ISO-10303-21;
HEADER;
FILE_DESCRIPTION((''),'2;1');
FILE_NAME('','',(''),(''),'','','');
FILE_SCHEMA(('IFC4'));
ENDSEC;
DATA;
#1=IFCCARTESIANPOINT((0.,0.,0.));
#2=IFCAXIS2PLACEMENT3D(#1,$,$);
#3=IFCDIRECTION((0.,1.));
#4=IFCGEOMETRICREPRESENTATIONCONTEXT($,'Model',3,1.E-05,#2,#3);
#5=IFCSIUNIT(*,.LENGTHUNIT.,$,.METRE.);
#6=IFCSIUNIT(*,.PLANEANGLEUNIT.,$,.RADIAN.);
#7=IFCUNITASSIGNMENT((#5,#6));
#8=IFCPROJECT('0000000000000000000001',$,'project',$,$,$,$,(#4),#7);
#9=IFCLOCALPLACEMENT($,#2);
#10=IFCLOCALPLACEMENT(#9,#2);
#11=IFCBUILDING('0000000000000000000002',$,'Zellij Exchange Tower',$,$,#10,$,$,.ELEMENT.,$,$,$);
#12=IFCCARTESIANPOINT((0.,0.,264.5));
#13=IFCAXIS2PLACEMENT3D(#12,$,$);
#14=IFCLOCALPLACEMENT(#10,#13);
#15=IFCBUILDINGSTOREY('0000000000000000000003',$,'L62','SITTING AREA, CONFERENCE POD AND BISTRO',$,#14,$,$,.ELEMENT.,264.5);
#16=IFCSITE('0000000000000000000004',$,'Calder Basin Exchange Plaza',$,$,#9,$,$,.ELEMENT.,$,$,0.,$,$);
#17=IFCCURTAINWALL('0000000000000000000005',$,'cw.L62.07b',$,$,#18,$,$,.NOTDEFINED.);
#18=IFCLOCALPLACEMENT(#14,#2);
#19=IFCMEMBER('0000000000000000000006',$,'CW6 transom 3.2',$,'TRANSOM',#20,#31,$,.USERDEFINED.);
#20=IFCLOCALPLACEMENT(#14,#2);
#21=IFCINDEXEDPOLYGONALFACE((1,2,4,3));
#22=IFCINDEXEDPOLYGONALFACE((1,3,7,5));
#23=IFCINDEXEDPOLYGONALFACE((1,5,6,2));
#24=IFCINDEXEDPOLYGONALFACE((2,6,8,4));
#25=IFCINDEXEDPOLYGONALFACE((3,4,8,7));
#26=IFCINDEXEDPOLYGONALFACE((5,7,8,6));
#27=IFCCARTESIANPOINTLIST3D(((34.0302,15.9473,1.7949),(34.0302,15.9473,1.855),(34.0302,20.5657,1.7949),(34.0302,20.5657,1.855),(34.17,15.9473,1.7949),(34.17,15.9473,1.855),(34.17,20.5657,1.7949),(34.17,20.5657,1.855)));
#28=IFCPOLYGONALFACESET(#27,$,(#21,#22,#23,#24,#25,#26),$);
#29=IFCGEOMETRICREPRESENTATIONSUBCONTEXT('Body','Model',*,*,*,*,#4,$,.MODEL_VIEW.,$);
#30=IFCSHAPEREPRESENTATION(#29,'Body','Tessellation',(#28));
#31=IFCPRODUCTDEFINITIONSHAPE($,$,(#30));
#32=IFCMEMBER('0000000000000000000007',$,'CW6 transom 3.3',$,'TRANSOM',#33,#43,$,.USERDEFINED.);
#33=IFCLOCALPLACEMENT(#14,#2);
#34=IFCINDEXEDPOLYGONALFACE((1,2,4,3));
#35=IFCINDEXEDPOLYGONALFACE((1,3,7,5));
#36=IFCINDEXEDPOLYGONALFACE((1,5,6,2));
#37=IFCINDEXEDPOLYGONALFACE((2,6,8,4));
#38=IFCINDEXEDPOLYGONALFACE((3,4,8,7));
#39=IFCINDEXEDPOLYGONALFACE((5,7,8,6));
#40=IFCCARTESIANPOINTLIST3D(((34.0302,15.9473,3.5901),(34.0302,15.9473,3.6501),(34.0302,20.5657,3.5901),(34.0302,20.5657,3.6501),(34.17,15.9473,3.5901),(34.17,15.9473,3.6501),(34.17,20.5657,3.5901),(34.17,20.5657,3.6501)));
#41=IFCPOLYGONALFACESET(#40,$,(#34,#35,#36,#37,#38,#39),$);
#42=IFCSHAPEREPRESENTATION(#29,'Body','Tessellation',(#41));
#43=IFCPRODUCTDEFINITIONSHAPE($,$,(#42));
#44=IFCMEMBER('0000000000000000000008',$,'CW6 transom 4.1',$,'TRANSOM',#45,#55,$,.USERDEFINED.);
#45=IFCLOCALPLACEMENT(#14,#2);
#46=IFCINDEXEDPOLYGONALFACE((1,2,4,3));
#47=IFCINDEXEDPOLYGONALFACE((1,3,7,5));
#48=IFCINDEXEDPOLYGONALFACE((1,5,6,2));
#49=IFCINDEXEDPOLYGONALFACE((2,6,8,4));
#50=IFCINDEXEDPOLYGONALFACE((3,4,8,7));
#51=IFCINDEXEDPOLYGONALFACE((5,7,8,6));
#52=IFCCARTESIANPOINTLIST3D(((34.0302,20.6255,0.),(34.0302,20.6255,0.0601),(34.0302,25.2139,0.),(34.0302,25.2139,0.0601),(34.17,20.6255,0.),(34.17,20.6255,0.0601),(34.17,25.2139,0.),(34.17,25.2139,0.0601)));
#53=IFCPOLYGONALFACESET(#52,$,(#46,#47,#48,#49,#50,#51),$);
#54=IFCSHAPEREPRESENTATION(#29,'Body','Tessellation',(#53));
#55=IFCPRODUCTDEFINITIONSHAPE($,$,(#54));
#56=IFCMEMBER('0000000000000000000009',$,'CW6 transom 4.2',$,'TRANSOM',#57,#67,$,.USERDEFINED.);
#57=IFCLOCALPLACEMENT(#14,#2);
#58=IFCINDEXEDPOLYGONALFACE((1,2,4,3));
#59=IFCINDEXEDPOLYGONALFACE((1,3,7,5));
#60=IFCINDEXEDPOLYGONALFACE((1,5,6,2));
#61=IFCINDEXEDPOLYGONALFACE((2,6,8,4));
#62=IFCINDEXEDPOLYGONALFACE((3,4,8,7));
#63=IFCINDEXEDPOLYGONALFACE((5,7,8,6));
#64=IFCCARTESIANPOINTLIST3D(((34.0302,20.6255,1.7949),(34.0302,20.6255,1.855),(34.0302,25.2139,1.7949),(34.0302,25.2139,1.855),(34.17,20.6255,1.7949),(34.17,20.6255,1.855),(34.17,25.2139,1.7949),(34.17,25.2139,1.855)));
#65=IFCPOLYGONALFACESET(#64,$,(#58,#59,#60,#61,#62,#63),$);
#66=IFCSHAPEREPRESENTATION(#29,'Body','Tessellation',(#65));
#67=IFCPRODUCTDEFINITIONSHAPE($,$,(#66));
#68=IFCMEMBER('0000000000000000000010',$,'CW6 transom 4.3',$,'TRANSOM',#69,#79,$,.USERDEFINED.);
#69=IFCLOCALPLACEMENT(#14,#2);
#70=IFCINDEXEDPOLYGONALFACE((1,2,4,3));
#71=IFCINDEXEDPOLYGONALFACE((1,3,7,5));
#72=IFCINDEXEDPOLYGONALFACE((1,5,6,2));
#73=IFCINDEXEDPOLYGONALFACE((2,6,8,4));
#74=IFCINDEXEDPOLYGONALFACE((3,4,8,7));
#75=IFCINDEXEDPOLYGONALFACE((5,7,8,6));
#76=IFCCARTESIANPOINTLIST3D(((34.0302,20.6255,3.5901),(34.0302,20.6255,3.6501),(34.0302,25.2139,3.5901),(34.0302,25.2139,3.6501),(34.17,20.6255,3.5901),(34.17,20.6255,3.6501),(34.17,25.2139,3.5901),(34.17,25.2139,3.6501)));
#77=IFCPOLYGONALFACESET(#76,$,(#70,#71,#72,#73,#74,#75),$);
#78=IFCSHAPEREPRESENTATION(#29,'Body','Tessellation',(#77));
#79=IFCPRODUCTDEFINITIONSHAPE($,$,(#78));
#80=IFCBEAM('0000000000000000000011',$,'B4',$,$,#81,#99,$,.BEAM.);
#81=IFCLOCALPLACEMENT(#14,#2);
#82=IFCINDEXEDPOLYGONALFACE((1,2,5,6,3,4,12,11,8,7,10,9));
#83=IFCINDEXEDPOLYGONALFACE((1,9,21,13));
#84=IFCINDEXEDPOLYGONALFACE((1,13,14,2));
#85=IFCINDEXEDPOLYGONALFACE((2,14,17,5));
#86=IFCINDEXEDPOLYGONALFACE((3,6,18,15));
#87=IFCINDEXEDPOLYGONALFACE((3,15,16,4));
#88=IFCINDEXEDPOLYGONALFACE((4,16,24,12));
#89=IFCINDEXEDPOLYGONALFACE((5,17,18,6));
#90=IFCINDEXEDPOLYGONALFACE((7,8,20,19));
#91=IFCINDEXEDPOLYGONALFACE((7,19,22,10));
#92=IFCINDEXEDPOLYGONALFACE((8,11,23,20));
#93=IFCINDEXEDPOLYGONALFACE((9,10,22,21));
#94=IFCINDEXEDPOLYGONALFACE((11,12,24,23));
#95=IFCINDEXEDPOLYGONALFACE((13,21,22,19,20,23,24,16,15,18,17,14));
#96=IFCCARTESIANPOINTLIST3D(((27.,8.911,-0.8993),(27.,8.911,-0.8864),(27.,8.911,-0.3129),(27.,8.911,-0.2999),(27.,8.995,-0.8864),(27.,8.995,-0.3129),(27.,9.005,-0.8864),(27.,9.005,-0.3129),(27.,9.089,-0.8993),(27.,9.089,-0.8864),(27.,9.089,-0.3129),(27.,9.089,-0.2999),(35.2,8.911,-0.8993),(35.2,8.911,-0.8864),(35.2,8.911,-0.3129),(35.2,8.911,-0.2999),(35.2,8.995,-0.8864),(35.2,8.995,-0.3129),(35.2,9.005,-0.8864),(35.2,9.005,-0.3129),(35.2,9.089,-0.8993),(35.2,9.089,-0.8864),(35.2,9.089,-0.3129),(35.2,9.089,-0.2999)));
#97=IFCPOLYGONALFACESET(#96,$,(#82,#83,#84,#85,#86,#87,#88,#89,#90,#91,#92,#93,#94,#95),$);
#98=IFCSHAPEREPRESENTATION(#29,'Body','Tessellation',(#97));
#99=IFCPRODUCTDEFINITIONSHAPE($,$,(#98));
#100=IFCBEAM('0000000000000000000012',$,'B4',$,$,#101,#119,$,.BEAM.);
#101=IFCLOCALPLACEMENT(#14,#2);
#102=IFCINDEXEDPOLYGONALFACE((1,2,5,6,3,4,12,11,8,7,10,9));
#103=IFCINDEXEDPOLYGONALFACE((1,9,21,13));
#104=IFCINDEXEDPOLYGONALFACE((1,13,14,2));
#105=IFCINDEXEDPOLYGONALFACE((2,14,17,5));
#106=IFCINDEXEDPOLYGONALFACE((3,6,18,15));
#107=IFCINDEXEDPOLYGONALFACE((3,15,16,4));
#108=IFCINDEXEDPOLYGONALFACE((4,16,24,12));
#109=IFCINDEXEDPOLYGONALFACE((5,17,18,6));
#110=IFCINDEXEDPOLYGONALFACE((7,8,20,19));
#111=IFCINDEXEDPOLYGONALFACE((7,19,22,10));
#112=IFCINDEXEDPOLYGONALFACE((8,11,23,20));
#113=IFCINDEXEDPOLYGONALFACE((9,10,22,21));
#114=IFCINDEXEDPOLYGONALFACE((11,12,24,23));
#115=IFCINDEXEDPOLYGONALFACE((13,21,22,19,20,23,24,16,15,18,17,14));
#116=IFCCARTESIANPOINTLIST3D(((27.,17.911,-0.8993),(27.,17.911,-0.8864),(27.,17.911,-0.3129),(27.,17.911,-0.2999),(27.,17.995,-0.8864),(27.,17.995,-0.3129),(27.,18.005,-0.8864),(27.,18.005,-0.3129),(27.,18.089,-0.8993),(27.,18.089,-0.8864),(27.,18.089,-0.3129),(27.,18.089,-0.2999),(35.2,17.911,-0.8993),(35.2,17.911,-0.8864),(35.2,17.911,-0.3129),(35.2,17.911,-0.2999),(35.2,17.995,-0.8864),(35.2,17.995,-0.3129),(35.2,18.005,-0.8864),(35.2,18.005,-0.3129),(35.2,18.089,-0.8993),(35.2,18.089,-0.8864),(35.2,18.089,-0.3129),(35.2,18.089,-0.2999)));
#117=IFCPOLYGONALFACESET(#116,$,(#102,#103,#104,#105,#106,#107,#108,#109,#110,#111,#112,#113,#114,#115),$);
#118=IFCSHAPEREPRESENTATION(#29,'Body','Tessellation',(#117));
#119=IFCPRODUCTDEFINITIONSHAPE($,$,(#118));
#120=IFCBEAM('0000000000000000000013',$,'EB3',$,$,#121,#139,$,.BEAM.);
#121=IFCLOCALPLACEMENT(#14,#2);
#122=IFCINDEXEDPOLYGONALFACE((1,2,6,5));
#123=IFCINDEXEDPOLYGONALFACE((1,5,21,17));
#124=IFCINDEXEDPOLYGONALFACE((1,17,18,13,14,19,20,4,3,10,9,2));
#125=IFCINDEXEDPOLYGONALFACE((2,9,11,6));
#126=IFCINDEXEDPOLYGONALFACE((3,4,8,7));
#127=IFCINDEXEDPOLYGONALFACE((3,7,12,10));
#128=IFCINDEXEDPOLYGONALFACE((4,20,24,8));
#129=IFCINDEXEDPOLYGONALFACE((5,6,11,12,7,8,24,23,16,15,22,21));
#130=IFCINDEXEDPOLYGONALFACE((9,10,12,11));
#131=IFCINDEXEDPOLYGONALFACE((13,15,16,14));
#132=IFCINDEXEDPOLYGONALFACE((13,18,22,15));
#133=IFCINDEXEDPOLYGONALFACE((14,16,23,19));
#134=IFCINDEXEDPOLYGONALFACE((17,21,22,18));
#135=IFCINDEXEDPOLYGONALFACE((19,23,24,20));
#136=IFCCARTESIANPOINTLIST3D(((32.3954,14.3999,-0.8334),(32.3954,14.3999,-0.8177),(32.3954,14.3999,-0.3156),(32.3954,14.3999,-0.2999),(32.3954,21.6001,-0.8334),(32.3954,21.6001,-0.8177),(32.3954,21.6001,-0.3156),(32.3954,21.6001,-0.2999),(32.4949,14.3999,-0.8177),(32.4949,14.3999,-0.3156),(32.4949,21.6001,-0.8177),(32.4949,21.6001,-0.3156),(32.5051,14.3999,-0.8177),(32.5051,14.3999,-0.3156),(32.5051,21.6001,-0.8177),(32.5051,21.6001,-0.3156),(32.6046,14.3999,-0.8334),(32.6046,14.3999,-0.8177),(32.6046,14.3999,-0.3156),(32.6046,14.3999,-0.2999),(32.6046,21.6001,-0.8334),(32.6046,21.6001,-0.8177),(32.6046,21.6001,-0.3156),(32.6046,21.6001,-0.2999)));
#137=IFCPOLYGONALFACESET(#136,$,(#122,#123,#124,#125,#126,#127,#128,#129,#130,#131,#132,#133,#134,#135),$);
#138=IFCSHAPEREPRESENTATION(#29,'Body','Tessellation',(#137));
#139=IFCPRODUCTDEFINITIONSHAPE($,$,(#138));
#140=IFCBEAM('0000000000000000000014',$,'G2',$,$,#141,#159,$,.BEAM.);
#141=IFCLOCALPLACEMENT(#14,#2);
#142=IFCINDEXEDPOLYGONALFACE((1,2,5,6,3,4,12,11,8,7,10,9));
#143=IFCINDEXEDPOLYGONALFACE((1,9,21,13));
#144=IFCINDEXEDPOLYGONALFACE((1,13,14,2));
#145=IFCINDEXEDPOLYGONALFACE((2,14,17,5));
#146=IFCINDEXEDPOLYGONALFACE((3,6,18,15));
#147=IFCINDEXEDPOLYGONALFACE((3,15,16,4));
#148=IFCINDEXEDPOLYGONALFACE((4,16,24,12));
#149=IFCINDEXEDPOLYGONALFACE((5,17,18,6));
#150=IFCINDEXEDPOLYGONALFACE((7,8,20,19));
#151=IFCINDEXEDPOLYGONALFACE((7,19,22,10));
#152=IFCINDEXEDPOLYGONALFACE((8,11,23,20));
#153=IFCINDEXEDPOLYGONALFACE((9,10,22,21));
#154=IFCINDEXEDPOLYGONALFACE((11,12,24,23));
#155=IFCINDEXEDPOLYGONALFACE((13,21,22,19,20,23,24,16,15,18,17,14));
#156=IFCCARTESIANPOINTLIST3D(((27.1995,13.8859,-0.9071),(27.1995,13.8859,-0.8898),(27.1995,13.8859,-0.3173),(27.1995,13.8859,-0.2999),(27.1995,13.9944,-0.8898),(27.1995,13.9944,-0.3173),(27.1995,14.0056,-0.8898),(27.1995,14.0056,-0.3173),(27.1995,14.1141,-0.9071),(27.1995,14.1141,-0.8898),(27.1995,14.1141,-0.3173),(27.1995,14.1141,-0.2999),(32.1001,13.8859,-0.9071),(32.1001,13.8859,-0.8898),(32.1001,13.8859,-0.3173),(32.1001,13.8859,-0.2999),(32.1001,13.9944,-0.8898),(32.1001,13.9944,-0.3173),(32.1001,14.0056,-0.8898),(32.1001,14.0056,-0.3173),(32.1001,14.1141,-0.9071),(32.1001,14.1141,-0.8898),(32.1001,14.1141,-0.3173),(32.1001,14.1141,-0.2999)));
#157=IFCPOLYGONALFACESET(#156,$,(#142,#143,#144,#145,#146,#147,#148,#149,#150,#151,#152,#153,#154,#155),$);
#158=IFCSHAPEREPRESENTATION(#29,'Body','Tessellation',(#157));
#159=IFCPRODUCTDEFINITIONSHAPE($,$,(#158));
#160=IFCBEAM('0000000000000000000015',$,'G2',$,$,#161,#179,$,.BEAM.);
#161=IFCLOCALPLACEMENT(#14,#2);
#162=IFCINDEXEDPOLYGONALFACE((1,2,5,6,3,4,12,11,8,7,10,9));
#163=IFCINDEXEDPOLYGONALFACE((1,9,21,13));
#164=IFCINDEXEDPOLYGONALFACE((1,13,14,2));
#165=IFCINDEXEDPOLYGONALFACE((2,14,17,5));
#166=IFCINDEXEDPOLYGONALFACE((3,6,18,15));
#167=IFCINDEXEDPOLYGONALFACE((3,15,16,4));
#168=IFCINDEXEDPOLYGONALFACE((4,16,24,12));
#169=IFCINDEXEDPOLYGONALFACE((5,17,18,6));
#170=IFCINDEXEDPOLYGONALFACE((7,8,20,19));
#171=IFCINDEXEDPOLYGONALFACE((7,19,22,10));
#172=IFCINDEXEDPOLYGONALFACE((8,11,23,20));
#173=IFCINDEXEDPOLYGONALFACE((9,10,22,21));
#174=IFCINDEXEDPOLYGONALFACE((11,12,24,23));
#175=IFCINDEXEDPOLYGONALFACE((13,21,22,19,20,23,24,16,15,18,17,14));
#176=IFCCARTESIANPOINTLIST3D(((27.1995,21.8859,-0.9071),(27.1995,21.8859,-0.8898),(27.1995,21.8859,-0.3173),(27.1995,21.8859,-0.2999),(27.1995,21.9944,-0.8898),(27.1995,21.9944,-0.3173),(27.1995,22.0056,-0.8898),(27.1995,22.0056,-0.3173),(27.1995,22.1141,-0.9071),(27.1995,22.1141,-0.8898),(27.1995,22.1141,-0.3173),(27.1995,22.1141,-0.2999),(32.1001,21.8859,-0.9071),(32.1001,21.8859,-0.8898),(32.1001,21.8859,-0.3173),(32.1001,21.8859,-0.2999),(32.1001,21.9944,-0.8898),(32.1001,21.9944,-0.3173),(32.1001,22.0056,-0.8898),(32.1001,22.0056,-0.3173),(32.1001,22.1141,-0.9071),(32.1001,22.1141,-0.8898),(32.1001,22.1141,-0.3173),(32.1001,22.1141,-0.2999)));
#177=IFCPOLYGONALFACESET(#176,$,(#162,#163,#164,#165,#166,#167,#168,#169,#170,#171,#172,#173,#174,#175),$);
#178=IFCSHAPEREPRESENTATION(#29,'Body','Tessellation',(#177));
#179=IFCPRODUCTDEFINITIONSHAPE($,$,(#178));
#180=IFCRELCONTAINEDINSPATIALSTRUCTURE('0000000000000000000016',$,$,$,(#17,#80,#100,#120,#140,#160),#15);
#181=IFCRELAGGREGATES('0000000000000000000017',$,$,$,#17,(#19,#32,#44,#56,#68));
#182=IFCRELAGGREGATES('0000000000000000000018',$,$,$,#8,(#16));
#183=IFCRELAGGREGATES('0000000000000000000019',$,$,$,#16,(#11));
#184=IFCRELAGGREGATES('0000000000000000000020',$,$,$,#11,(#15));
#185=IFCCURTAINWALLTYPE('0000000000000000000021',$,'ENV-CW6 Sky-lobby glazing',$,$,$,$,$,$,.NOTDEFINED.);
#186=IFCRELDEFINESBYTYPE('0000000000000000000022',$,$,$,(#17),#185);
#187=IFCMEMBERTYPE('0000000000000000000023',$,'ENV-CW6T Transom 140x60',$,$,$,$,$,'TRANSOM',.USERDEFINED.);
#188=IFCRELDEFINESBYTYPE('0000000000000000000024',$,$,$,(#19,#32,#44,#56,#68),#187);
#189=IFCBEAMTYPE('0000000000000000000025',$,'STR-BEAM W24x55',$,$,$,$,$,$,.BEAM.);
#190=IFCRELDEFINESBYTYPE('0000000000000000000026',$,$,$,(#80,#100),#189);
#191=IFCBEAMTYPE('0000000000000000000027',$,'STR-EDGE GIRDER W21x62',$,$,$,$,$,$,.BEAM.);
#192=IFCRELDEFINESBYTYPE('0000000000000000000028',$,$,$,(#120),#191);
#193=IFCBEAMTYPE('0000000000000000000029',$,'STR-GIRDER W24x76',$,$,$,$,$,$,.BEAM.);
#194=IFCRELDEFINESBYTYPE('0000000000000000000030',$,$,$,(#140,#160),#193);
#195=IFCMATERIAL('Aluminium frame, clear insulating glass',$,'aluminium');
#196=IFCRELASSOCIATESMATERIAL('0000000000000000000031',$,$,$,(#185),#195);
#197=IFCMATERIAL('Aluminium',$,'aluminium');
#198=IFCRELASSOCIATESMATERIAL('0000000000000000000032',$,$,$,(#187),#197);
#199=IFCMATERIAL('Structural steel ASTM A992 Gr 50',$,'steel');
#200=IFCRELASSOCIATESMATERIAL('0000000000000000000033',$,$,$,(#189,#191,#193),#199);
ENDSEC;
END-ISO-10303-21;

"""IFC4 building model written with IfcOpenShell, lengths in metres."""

from ifc_helpers import new_model, si_unit, direction, frame, origin, origin_2d, place, context, subcontext, project, spatial, rectangle, i_section, extrude, material, material_profile, profile_set, type_object, element, aggregate, save


model = new_model("IFC4")

# Units and contexts
model_context = context("Model", 3, precision=1e-05, world=origin(), true_north=direction((0.0, 1.0)))
body_context = subcontext(model_context, "Body", "Model", "MODEL_VIEW")
ifc_project = project(units=[si_unit("LENGTHUNIT", "METRE"), si_unit("PLANEANGLEUNIT", "RADIAN")], contexts=[model_context])

# Site, building, storey
site_placement = place(None, origin())
site = spatial("IfcSite", under=ifc_project, at=site_placement, Name="Calder Basin Exchange Plaza", CompositionType="ELEMENT", RefElevation=0.0)
building_placement = place(site_placement, origin())
building = spatial("IfcBuilding", under=site, at=building_placement, Name="Zellij Exchange Tower", CompositionType="ELEMENT")
storey_placement = place(building_placement, frame((0.0, 0.0, 264.5)))
storey = spatial("IfcBuildingStorey", under=building, at=storey_placement, Name="L62", Description="SITTING AREA, CONFERENCE POD AND BISTRO", CompositionType="ELEMENT", Elevation=264.5)

# Shared definitions
ifc_material_1 = material(Name="Structural steel ASTM A992 Gr 50", Category="steel")

# Curtain wall, members
ifc_material_2 = material(Name="Aluminium frame, clear insulating glass", Category="aluminium")
curtain_wall_type = type_object("IfcCurtainWallType", Name="ENV-CW6 Sky-lobby glazing", PredefinedType="NOTDEFINED", material=ifc_material_2)
curtain_wall_placement = place(storey_placement, origin())
curtain_wall = element("IfcCurtainWall", 1, at=curtain_wall_placement, inside=storey, type_object=curtain_wall_type, Name="cw.L62.07b", PredefinedType="NOTDEFINED")
ifc_material_3 = material(Name="Aluminium", Category="aluminium")
ifc_material_profile_1 = material_profile(ifc_material_3, rectangle(XDim=0.1399, YDim=0.0601, at=origin_2d()), Name="AL 140x60")
ifc_profile_set_1 = profile_set([ifc_material_profile_1], Name="Aluminium")
member_type_1 = type_object("IfcMemberType", Name="ENV-CW6T Transom 140x60", ElementType="TRANSOM", PredefinedType="USERDEFINED", material=ifc_profile_set_1)
member_1_placement = place(storey_placement, frame((34.1001, 15.9473, 1.825), z_axis=(0.0, 1.0, 0.0), x_axis=(-1.0, 0.0, 0.0)))
member_1 = element("IfcMember", 2, at=member_1_placement, type_object=member_type_1, Name="CW6 transom 3.2", ObjectType="TRANSOM", PredefinedType="USERDEFINED", context=body_context, shape_type="SweptSolid", body=[
    extrude(rectangle(XDim=0.1399, YDim=0.0601, at=origin_2d()), origin(), (0.0, 0.0, 1.0), 4.6184),
])
member_2_placement = place(storey_placement, frame((34.1001, 15.9473, 3.6201), z_axis=(0.0, 1.0, 0.0), x_axis=(-1.0, 0.0, 0.0)))
member_2 = element("IfcMember", 3, at=member_2_placement, type_object=member_type_1, Name="CW6 transom 3.3", ObjectType="TRANSOM", PredefinedType="USERDEFINED", context=body_context, shape_type="SweptSolid", body=[
    extrude(rectangle(XDim=0.1399, YDim=0.0601, at=origin_2d()), origin(), (0.0, 0.0, 1.0), 4.6184),
])
member_3_placement = place(storey_placement, frame((34.1001, 20.6255, 0.03), z_axis=(0.0, 1.0, 0.0), x_axis=(-1.0, 0.0, 0.0)))
member_3 = element("IfcMember", 4, at=member_3_placement, type_object=member_type_1, Name="CW6 transom 4.1", ObjectType="TRANSOM", PredefinedType="USERDEFINED", context=body_context, shape_type="SweptSolid", body=[
    extrude(rectangle(XDim=0.1399, YDim=0.0601, at=origin_2d()), origin(), (0.0, 0.0, 1.0), 4.5884),
])
member_4_placement = place(storey_placement, frame((34.1001, 20.6255, 1.825), z_axis=(0.0, 1.0, 0.0), x_axis=(-1.0, 0.0, 0.0)))
member_4 = element("IfcMember", 5, at=member_4_placement, type_object=member_type_1, Name="CW6 transom 4.2", ObjectType="TRANSOM", PredefinedType="USERDEFINED", context=body_context, shape_type="SweptSolid", body=[
    extrude(rectangle(XDim=0.1399, YDim=0.0601, at=origin_2d()), origin(), (0.0, 0.0, 1.0), 4.5884),
])
member_5_placement = place(storey_placement, frame((34.1001, 20.6255, 3.6201), z_axis=(0.0, 1.0, 0.0), x_axis=(-1.0, 0.0, 0.0)))
member_5 = element("IfcMember", 6, at=member_5_placement, type_object=member_type_1, Name="CW6 transom 4.3", ObjectType="TRANSOM", PredefinedType="USERDEFINED", context=body_context, shape_type="SweptSolid", body=[
    extrude(rectangle(XDim=0.1399, YDim=0.0601, at=origin_2d()), origin(), (0.0, 0.0, 1.0), 4.5884),
])

# Beams
ifc_material_profile_2 = material_profile(ifc_material_1, i_section(OverallWidth=0.178, OverallDepth=0.5994, WebThickness=0.01, FlangeThickness=0.0129, at=origin_2d()), Name="W24x55")
ifc_profile_set_2 = profile_set([ifc_material_profile_2], Name="Structural steel ASTM A992 Gr 50")
beam_type_1 = type_object("IfcBeamType", Name="STR-BEAM W24x55", PredefinedType="BEAM", material=ifc_profile_set_2)
for number, where, z_axis, x_axis, name in (
    (7, (27.0, 9.0, -0.5996), (1.0, 0.0, 0.0), (0.0, 1.0, 0.0), "B4"),
    (8, (27.0, 18.0, -0.5996), (1.0, 0.0, 0.0), (0.0, 1.0, 0.0), "B4"),
):
    element("IfcBeam", number, at=place(storey_placement, frame(where, z_axis=z_axis, x_axis=x_axis)), inside=storey, type_object=beam_type_1, Name=name, PredefinedType="BEAM", context=body_context, shape_type="SweptSolid", body=[
        extrude(i_section(OverallWidth=0.178, OverallDepth=0.5994, WebThickness=0.01, FlangeThickness=0.0129, at=origin_2d()), origin(), (0.0, 0.0, 1.0), 8.2),
    ])
ifc_material_profile_3 = material_profile(ifc_material_1, i_section(OverallWidth=0.2092, OverallDepth=0.5334, WebThickness=0.0103, FlangeThickness=0.0156, at=origin_2d()), Name="W21x62")
ifc_profile_set_3 = profile_set([ifc_material_profile_3], Name="Structural steel ASTM A992 Gr 50")
beam_type_2 = type_object("IfcBeamType", Name="STR-EDGE GIRDER W21x62", PredefinedType="BEAM", material=ifc_profile_set_3)
beam_1_placement = place(storey_placement, frame((32.5, 14.3999, -0.5667), z_axis=(0.0, 1.0, 0.0), x_axis=(-1.0, 0.0, 0.0)))
element("IfcBeam", 9, at=beam_1_placement, inside=storey, type_object=beam_type_2, Name="EB3", PredefinedType="BEAM", context=body_context, shape_type="SweptSolid", body=[
    extrude(i_section(OverallWidth=0.2092, OverallDepth=0.5334, WebThickness=0.0103, FlangeThickness=0.0156, at=origin_2d()), origin(), (0.0, 0.0, 1.0), 7.2002),
])
ifc_material_profile_4 = material_profile(ifc_material_1, i_section(OverallWidth=0.2283, OverallDepth=0.6072, WebThickness=0.0112, FlangeThickness=0.0173, at=origin_2d()), Name="W24x76")
ifc_profile_set_4 = profile_set([ifc_material_profile_4], Name="Structural steel ASTM A992 Gr 50")
beam_type_3 = type_object("IfcBeamType", Name="STR-GIRDER W24x76", PredefinedType="BEAM", material=ifc_profile_set_4)
for number, where, z_axis, x_axis, name in (
    (10, (27.1995, 14.0, -0.6035), (1.0, 0.0, 0.0), (0.0, 1.0, 0.0), "G2"),
    (11, (27.1995, 22.0, -0.6035), (1.0, 0.0, 0.0), (0.0, 1.0, 0.0), "G2"),
):
    element("IfcBeam", number, at=place(storey_placement, frame(where, z_axis=z_axis, x_axis=x_axis)), inside=storey, type_object=beam_type_3, Name=name, PredefinedType="BEAM", context=body_context, shape_type="SweptSolid", body=[
        extrude(i_section(OverallWidth=0.2283, OverallDepth=0.6072, WebThickness=0.0112, FlangeThickness=0.0173, at=origin_2d()), origin(), (0.0, 0.0, 1.0), 4.9006),
    ])

aggregate(curtain_wall, [member_1, member_2, member_3, member_4, member_5])

save(model, "model.ifc")
